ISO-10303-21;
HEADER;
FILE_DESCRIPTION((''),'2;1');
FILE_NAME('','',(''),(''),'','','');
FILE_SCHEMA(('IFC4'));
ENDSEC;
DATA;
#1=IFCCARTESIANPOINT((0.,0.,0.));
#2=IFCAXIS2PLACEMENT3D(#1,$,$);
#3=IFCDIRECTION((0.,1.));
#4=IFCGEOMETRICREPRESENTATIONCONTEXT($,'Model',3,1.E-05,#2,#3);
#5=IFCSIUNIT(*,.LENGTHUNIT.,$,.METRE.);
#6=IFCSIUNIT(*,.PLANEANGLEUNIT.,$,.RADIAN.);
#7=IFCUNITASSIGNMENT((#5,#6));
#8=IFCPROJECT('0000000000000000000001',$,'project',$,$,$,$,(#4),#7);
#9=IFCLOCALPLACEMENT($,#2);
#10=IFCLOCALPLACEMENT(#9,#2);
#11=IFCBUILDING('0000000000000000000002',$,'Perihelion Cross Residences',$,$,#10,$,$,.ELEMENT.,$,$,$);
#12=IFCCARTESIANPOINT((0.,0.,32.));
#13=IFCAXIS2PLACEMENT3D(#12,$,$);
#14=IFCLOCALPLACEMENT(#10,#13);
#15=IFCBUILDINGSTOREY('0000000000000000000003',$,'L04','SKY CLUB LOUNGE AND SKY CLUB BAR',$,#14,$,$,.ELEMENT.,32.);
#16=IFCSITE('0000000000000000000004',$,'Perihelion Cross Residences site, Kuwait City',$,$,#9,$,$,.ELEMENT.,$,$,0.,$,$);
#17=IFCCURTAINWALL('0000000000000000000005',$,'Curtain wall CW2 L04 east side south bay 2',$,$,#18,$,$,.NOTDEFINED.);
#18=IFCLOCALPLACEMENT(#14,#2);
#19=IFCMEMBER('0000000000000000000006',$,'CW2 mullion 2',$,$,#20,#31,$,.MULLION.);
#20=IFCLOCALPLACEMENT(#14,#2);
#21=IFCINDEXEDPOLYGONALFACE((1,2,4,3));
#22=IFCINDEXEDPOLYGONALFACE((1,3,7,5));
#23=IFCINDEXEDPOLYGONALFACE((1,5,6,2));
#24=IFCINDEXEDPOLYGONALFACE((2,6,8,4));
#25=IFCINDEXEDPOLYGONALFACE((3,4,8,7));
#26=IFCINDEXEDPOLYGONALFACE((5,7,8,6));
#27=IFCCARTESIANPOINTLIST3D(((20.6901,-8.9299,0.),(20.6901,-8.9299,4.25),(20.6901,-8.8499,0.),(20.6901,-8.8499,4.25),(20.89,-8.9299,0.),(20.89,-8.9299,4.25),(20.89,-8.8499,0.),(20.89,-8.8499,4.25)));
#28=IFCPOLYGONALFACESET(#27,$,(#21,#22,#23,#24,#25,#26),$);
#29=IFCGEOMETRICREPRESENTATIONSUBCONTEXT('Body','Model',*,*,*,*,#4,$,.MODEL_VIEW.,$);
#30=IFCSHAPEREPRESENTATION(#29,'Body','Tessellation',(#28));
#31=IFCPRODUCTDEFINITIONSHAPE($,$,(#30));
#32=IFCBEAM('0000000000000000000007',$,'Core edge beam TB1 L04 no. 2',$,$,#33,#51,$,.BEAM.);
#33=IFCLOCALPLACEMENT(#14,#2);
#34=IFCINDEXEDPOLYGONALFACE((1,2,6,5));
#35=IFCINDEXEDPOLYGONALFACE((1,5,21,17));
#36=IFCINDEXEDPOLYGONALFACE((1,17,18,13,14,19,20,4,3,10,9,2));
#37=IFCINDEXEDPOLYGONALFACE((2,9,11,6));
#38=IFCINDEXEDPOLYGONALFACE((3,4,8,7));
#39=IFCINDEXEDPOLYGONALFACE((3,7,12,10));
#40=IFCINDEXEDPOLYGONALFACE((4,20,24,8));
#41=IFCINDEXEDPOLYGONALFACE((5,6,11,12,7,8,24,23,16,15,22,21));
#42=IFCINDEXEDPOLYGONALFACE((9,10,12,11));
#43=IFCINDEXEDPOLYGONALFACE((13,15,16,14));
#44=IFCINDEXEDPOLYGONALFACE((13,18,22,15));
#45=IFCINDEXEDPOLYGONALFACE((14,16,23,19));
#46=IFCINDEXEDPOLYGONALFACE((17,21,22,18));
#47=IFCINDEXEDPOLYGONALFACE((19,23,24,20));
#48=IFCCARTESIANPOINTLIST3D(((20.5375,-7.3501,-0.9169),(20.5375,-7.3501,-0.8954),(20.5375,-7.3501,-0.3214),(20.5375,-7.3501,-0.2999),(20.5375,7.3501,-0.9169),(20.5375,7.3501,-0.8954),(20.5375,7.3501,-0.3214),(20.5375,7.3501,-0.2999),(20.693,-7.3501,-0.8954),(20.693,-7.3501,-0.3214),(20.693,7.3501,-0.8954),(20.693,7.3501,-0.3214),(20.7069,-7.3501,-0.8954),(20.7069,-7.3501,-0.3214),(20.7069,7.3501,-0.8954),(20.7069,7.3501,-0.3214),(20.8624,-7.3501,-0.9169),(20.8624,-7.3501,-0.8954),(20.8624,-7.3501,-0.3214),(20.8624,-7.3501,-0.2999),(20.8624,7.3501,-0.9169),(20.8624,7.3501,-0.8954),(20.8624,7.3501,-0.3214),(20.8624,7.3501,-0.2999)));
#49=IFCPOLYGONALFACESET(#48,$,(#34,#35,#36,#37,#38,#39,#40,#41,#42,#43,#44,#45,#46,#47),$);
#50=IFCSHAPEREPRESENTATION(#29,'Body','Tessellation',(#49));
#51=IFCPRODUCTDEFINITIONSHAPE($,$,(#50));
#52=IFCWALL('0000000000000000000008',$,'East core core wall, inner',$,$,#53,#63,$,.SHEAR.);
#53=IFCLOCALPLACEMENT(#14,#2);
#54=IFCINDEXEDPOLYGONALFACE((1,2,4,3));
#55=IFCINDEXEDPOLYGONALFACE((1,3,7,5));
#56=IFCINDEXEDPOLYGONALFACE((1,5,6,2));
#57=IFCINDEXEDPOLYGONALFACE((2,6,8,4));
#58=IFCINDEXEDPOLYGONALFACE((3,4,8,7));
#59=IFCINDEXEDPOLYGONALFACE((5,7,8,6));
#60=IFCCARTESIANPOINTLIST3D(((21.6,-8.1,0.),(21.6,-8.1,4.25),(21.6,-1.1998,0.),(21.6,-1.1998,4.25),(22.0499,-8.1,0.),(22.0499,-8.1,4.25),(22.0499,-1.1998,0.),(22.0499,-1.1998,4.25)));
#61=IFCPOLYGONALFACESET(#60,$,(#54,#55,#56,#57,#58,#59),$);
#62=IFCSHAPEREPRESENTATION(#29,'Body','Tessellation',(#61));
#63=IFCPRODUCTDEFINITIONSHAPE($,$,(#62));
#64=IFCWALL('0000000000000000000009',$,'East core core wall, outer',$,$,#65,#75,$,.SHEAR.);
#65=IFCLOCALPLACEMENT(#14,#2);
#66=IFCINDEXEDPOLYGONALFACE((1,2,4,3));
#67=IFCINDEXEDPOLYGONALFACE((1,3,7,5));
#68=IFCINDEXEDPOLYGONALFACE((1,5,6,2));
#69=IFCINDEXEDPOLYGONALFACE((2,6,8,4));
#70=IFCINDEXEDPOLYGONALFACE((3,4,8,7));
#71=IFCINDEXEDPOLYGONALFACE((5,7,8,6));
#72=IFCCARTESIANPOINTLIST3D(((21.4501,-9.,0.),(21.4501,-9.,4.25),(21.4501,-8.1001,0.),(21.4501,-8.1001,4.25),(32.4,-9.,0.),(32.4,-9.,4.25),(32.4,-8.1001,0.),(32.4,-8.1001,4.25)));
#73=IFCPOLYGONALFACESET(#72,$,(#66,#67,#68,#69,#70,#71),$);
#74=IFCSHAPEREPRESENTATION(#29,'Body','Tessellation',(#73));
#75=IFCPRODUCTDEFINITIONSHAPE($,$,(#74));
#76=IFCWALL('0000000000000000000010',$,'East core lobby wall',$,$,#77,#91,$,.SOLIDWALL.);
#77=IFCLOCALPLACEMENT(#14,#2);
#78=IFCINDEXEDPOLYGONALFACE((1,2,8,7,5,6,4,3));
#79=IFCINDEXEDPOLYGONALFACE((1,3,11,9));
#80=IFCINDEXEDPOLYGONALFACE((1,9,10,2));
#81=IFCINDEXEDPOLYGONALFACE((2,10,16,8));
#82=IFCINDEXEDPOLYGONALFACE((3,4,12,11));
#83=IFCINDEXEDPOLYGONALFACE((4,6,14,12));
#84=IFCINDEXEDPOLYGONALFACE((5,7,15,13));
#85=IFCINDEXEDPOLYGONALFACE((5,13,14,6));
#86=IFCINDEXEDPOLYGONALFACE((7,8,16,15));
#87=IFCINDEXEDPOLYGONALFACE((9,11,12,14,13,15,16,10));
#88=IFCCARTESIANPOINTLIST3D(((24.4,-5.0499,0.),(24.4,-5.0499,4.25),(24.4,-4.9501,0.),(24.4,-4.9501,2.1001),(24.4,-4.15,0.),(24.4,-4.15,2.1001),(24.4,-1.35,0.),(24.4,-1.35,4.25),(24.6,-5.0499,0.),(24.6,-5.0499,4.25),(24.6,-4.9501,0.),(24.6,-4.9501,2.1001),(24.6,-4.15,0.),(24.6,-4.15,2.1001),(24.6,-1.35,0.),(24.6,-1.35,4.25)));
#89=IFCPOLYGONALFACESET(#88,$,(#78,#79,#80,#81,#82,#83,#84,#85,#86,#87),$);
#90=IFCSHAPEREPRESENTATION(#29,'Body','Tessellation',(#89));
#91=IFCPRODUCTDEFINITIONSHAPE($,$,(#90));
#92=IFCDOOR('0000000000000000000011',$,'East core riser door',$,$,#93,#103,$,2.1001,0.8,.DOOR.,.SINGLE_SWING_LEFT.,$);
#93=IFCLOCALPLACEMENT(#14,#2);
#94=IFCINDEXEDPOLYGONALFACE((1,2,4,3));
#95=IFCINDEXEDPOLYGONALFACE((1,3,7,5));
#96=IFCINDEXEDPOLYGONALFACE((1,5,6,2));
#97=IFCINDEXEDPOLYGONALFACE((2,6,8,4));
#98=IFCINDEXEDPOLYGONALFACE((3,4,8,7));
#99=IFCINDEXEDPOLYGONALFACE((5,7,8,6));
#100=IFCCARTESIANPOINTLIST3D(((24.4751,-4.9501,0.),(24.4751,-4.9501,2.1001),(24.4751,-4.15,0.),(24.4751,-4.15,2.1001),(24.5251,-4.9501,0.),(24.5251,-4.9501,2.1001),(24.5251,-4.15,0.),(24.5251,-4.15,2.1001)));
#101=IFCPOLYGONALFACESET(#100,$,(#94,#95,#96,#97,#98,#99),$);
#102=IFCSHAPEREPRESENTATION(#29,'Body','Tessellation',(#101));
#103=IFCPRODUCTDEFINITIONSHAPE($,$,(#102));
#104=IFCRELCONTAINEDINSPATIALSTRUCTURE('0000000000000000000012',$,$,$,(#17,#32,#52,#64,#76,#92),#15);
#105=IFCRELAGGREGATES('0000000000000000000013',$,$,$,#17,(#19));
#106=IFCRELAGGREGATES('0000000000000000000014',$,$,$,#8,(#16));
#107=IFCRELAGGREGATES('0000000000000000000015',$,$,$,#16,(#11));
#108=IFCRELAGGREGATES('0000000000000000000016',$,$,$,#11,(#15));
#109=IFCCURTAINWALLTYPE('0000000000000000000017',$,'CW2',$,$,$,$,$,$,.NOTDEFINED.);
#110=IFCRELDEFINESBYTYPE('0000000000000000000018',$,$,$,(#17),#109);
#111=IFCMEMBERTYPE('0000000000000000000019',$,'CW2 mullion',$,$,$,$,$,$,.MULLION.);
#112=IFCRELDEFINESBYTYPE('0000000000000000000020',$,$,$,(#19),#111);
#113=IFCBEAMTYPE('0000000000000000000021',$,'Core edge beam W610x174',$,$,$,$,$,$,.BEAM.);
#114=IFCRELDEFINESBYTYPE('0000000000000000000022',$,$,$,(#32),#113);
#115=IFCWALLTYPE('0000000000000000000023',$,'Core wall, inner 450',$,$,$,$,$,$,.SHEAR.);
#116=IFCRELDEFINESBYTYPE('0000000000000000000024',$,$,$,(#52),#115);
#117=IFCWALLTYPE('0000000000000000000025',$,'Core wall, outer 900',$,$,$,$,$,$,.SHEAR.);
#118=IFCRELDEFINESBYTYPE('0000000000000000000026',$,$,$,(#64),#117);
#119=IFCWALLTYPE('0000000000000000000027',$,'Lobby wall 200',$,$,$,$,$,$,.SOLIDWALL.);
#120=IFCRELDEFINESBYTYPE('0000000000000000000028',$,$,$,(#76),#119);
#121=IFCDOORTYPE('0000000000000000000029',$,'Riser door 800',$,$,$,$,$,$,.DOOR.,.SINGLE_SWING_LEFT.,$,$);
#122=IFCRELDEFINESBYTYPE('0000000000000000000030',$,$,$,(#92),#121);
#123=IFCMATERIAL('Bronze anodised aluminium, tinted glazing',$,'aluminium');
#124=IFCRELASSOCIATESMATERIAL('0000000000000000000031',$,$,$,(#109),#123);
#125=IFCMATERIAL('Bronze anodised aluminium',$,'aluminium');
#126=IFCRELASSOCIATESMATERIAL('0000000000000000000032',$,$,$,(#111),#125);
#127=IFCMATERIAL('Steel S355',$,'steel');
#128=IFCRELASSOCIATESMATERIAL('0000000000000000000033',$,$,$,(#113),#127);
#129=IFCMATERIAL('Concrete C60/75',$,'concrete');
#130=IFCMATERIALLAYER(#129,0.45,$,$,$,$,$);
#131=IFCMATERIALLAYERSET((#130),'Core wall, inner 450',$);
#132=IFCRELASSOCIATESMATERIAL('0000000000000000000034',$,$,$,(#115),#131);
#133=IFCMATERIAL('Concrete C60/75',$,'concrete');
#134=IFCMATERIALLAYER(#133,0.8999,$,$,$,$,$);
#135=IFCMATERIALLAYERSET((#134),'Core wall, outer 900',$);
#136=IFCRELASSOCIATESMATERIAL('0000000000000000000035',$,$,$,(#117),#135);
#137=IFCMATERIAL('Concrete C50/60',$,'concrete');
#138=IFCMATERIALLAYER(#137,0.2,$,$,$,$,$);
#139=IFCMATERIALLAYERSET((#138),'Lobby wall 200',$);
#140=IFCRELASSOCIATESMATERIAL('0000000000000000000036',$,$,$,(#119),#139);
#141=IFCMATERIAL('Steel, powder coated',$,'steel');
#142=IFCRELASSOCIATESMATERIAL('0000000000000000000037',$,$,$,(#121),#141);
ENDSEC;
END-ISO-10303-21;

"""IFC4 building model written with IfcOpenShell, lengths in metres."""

from ifc_helpers import new_model, si_unit, direction, frame, frame_2d, origin, origin_2d, place, context, subcontext, project, spatial, rectangle, i_section, extrude, material, layer, layer_set, material_profile, profile_set, type_object, element, fill, aggregate, save


model = new_model("IFC4")

# Units and contexts
model_context = context("Model", 3, precision=1e-05, world=origin(), true_north=direction((0.0, 1.0)))
body_context = subcontext(model_context, "Body", "Model", "MODEL_VIEW")
ifc_project = project(units=[si_unit("LENGTHUNIT", "METRE"), si_unit("PLANEANGLEUNIT", "RADIAN")], contexts=[model_context])

# Site, building, storey
site_placement = place(None, origin())
site = spatial("IfcSite", under=ifc_project, at=site_placement, Name="Perihelion Cross Residences site, Kuwait City", CompositionType="ELEMENT", RefElevation=0.0)
building_placement = place(site_placement, origin())
building = spatial("IfcBuilding", under=site, at=building_placement, Name="Perihelion Cross Residences", CompositionType="ELEMENT")
storey_placement = place(building_placement, frame((0.0, 0.0, 32.0)))
storey = spatial("IfcBuildingStorey", under=building, at=storey_placement, Name="L04", Description="SKY CLUB LOUNGE AND SKY CLUB BAR", CompositionType="ELEMENT", Elevation=32.0)

# Curtain wall, member
ifc_material_1 = material(Name="Bronze anodised aluminium, tinted glazing", Category="aluminium")
curtain_wall_type = type_object("IfcCurtainWallType", Name="CW2", PredefinedType="NOTDEFINED", material=ifc_material_1)
curtain_wall_placement = place(storey_placement, origin())
curtain_wall = element("IfcCurtainWall", 1, at=curtain_wall_placement, inside=storey, type_object=curtain_wall_type, Name="Curtain wall CW2 L04 east side south bay 2", PredefinedType="NOTDEFINED")
ifc_material_2 = material(Name="Bronze anodised aluminium", Category="aluminium")
ifc_material_profile_1 = material_profile(ifc_material_2, rectangle(XDim=0.0801, YDim=0.2, at=origin_2d()), Name="CW2 mullion")
ifc_profile_set_1 = profile_set([ifc_material_profile_1], Name="Bronze anodised aluminium")
member_type = type_object("IfcMemberType", Name="CW2 mullion", PredefinedType="MULLION", material=ifc_profile_set_1)
member_placement = place(storey_placement, frame((20.79, -8.8899, 0.0), z_axis=(0.0, 0.0, 1.0), x_axis=(0.0, 1.0, 0.0)))
member = element("IfcMember", 2, at=member_placement, type_object=member_type, Name="CW2 mullion 2", PredefinedType="MULLION", context=body_context, shape_type="SweptSolid", body=[
    extrude(rectangle(XDim=0.0801, YDim=0.2, at=origin_2d()), origin(), (0.0, 0.0, 1.0), 4.25),
])
aggregate(curtain_wall, [member])

# Beam
ifc_material_3 = material(Name="Steel S355", Category="steel")
ifc_material_profile_2 = material_profile(ifc_material_3, i_section(OverallWidth=0.325, OverallDepth=0.6169, WebThickness=0.0139, FlangeThickness=0.0215, at=origin_2d()), Name="W610x174")
ifc_profile_set_2 = profile_set([ifc_material_profile_2], Name="Steel S355")
beam_type = type_object("IfcBeamType", Name="Core edge beam W610x174", PredefinedType="BEAM", material=ifc_profile_set_2)
beam_placement = place(storey_placement, frame((20.7, -7.3501, -0.6084), z_axis=(0.0, 1.0, 0.0), x_axis=(-1.0, 0.0, 0.0)))
element("IfcBeam", 3, at=beam_placement, inside=storey, type_object=beam_type, Name="Core edge beam TB1 L04 no. 2", PredefinedType="BEAM", context=body_context, shape_type="SweptSolid", body=[
    extrude(i_section(OverallWidth=0.325, OverallDepth=0.6169, WebThickness=0.0139, FlangeThickness=0.0215, at=origin_2d()), origin(), (0.0, 0.0, 1.0), 14.7002),
])

# Walls
ifc_material_4 = material(Name="Concrete C60/75", Category="concrete")
ifc_layer_1 = layer(ifc_material_4, 0.45)
ifc_layer_set_1 = layer_set([ifc_layer_1], Name="Core wall, inner 450")
wall_type_1 = type_object("IfcWallType", Name="Core wall, inner 450", PredefinedType="SHEAR", material=ifc_layer_set_1)
wall_1_placement = place(storey_placement, frame((21.825, -8.1001, 0.0), z_axis=(0.0, 0.0, 1.0), x_axis=(0.0, 1.0, 0.0)))
element("IfcWall", 4, at=wall_1_placement, inside=storey, type_object=wall_type_1, Name="East core core wall, inner", PredefinedType="SHEAR", context=body_context, shape_type="SweptSolid", body=[
    extrude(rectangle(XDim=6.9001, YDim=0.45, at=frame_2d((3.4502, 0.0))), origin(), (0.0, 0.0, 1.0), 4.25),
])
ifc_material_5 = material(Name="Concrete C60/75", Category="concrete")
ifc_layer_2 = layer(ifc_material_5, 0.8999)
ifc_layer_set_2 = layer_set([ifc_layer_2], Name="Core wall, outer 900")
wall_type_2 = type_object("IfcWallType", Name="Core wall, outer 900", PredefinedType="SHEAR", material=ifc_layer_set_2)
wall_2_placement = place(storey_placement, frame((21.45, -8.55, 0.0), z_axis=(0.0, 0.0, 1.0), x_axis=(1.0, 0.0, 0.0)))
element("IfcWall", 5, at=wall_2_placement, inside=storey, type_object=wall_type_2, Name="East core core wall, outer", PredefinedType="SHEAR", context=body_context, shape_type="SweptSolid", body=[
    extrude(rectangle(XDim=10.95, YDim=0.8999, at=frame_2d((5.4751, 0.0))), origin(), (0.0, 0.0, 1.0), 4.25),
])

# Wall, opening, door
ifc_material_6 = material(Name="Concrete C50/60", Category="concrete")
ifc_layer_3 = layer(ifc_material_6, 0.2)
ifc_layer_set_3 = layer_set([ifc_layer_3], Name="Lobby wall 200")
wall_type_3 = type_object("IfcWallType", Name="Lobby wall 200", PredefinedType="SOLIDWALL", material=ifc_layer_set_3)
wall_3_placement = place(storey_placement, frame((24.5, -5.05, 0.0), z_axis=(0.0, 0.0, 1.0), x_axis=(0.0, 1.0, 0.0)))
wall_3 = element("IfcWall", 6, at=wall_3_placement, inside=storey, type_object=wall_type_3, Name="East core lobby wall", PredefinedType="SOLIDWALL", context=body_context, shape_type="SweptSolid", body=[
    extrude(rectangle(XDim=3.7, YDim=0.2, at=frame_2d((1.8501, 0.0))), origin(), (0.0, 0.0, 1.0), 4.25),
])
opening_1_placement = place(wall_3_placement, frame((0.1001, 0.0, 0.0)))
opening_1 = element("IfcOpeningElement", 7, at=opening_1_placement, cuts=wall_3, PredefinedType="OPENING", context=body_context, shape_type="SweptSolid", body=[
    extrude(rectangle(XDim=0.8, YDim=2.1001, at=frame_2d((0.3999, 1.05))), frame((0.0, 0.1099, 0.0), z_axis=(0.0, -1.0, 0.0), x_axis=(1.0, 0.0, 0.0)), (0.0, 0.0, 1.0), 0.22),
])
ifc_material_7 = material(Name="Steel, powder coated", Category="steel")
door_type_1 = type_object("IfcDoorType", Name="Riser door 800", OperationType="SINGLE_SWING_LEFT", PredefinedType="DOOR", material=ifc_material_7)
door_1_placement = place(opening_1_placement, origin())
door_1 = element("IfcDoor", 8, at=door_1_placement, inside=storey, type_object=door_type_1, Name="East core riser door", OperationType="SINGLE_SWING_LEFT", OverallHeight=2.1001, OverallWidth=0.8, PredefinedType="DOOR", context=body_context, shape_type="SweptSolid", body=[
    extrude(rectangle(XDim=0.8, YDim=2.1001, at=frame_2d((0.3999, 1.05))), frame((0.0, 0.0249, 0.0), z_axis=(0.0, -1.0, 0.0), x_axis=(1.0, 0.0, 0.0)), (0.0, 0.0, 1.0), 0.05),
])
fill(opening_1, door_1)

save(model, "model.ifc")
